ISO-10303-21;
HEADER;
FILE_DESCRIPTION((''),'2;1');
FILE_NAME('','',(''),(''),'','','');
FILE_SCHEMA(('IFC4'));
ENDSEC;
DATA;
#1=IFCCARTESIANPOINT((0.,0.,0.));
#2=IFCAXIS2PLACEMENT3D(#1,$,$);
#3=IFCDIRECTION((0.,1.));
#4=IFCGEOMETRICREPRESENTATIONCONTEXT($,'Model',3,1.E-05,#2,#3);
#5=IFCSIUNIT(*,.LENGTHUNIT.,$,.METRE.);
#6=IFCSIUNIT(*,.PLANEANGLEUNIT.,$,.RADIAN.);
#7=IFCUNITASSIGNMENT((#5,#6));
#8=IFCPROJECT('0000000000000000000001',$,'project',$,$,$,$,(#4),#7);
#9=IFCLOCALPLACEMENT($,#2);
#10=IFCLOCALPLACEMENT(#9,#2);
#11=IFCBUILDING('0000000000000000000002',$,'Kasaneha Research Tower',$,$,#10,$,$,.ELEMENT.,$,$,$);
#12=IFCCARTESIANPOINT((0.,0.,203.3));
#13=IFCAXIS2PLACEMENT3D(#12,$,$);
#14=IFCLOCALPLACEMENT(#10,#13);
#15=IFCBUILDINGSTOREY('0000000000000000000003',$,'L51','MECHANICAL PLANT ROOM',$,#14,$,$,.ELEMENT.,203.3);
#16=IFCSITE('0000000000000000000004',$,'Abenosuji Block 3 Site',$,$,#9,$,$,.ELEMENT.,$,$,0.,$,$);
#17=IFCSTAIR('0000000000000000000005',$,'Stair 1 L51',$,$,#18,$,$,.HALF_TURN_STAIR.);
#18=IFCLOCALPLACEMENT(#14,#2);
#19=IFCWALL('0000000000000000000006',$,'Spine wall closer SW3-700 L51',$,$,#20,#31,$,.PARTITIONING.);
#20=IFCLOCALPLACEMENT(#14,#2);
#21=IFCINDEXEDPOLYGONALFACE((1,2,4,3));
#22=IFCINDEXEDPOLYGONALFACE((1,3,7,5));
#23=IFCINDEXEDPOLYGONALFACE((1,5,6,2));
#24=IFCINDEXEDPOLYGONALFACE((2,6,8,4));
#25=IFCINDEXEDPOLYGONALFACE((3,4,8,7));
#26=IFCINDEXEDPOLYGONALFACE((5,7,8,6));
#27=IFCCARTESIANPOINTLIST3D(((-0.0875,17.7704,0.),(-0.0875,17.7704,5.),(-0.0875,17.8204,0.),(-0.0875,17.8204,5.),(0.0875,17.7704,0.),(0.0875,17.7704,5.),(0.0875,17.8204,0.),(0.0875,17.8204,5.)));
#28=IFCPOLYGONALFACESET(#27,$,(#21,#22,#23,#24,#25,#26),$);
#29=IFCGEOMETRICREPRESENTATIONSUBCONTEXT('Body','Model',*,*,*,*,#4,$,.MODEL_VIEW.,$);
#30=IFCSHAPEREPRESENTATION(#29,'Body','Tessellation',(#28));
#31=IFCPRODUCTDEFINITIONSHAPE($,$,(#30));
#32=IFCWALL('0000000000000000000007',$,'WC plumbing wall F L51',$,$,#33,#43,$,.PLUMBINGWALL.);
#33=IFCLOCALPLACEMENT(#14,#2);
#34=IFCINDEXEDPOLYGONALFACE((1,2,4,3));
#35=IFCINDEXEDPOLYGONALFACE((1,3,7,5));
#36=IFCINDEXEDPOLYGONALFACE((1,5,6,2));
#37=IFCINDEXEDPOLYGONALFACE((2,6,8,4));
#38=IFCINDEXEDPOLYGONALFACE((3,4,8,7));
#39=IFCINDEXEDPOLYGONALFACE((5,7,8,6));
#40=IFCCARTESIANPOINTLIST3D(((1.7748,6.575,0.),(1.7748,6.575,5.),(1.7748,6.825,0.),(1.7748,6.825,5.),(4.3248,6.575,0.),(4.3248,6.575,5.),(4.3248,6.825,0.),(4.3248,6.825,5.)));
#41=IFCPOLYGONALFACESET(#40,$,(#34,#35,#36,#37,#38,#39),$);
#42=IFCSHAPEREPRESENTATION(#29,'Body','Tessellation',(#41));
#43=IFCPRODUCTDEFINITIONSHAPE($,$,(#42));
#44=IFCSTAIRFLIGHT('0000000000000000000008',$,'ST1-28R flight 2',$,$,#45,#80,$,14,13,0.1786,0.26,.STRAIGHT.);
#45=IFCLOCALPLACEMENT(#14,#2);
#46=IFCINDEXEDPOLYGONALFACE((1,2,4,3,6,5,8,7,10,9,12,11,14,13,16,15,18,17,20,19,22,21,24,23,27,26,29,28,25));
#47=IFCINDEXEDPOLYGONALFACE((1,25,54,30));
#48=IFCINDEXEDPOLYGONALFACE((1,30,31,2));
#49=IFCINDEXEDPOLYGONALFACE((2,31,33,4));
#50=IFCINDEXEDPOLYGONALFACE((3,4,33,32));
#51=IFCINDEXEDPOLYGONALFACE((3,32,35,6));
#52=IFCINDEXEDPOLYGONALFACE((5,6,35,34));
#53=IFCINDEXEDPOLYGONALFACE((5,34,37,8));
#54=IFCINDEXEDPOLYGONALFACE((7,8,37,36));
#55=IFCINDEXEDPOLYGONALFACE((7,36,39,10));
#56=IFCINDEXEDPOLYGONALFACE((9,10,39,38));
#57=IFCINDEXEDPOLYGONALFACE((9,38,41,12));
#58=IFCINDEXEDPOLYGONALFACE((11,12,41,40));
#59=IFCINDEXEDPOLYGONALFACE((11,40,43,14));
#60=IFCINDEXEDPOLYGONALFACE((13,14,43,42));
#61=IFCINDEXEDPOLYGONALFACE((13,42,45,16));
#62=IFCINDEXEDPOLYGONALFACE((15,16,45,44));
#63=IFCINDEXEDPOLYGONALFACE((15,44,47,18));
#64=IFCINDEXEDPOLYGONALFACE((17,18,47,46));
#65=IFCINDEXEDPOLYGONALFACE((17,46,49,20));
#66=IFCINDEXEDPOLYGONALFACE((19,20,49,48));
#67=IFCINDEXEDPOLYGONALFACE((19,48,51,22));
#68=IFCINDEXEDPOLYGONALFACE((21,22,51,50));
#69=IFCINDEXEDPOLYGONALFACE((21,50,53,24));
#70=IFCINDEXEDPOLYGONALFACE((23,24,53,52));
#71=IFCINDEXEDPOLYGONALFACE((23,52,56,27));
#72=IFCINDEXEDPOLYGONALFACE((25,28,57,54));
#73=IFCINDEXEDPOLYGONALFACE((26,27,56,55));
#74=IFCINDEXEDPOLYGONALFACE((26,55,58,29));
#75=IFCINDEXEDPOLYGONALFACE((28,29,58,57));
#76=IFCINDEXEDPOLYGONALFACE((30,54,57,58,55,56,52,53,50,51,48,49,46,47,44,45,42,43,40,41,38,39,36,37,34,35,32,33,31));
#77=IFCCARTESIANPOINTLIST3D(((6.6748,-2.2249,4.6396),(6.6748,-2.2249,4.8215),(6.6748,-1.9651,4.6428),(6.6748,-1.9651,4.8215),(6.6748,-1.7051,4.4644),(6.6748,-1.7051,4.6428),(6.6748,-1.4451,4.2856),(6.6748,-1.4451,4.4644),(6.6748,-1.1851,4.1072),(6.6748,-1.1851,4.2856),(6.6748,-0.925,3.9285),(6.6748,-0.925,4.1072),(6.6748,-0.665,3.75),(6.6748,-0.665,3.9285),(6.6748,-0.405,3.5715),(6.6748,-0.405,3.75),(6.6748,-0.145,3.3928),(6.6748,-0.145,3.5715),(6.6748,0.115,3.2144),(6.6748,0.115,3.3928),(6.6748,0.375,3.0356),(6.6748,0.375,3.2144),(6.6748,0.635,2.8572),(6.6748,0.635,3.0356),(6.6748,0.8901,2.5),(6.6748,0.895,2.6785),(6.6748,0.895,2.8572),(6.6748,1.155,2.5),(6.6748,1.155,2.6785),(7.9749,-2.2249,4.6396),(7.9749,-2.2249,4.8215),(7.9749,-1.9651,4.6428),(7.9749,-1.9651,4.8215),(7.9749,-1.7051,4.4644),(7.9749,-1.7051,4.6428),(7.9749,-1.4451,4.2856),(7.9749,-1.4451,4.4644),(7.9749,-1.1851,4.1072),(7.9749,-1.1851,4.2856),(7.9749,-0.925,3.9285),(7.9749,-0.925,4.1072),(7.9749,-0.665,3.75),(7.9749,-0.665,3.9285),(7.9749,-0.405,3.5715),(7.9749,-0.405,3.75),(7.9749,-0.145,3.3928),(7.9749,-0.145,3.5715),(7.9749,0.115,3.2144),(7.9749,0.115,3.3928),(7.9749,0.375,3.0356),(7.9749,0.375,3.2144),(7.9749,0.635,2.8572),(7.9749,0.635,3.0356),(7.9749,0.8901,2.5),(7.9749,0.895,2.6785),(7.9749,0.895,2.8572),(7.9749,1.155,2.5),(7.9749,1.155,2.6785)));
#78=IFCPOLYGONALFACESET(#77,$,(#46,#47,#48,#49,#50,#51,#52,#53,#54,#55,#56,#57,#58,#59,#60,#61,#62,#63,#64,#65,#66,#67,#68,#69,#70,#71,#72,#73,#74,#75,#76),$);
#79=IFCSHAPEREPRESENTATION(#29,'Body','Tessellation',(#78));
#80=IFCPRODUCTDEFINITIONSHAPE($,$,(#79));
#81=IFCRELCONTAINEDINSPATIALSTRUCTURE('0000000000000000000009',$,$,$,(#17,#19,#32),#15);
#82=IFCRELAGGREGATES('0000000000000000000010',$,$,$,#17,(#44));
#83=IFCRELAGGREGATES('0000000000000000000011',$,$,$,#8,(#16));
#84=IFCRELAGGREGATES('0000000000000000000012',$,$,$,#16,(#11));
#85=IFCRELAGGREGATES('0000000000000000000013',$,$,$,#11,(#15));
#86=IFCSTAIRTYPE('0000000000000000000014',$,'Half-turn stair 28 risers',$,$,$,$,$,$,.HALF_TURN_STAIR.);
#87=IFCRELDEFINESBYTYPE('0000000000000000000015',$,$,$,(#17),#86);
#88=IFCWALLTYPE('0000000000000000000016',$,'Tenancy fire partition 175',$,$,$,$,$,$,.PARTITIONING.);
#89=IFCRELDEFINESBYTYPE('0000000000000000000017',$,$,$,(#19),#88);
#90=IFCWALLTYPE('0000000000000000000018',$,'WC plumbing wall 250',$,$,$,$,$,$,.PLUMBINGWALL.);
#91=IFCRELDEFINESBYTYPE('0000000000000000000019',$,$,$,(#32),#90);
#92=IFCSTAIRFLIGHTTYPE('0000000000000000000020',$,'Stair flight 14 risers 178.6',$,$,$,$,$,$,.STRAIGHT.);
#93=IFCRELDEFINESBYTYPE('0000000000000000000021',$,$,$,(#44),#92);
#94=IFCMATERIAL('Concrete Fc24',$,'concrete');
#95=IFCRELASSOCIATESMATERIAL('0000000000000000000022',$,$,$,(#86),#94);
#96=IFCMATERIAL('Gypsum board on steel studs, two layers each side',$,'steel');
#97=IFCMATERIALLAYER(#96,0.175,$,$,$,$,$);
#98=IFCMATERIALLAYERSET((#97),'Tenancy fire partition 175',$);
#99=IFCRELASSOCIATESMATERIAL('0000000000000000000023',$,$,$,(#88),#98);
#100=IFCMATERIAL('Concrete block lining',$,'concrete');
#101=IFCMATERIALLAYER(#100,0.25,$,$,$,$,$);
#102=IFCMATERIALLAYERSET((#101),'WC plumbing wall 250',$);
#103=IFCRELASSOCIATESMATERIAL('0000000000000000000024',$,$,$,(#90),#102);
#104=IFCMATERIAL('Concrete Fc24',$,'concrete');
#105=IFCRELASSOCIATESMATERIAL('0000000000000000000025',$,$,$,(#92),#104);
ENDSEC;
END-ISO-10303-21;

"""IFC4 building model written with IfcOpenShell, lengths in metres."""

from ifc_helpers import new_model, si_unit, direction, frame, frame_2d, origin, place, context, subcontext, project, spatial, polyline, rectangle, outline, extrude, material, layer, layer_set, type_object, element, aggregate, save


model = new_model("IFC4")

# Units and contexts
model_context = context("Model", 3, precision=1e-05, world=origin(), true_north=direction((0.0, 1.0)))
body_context = subcontext(model_context, "Body", "Model", "MODEL_VIEW")
ifc_project = project(units=[si_unit("LENGTHUNIT", "METRE"), si_unit("PLANEANGLEUNIT", "RADIAN")], contexts=[model_context])

# Site, building, storey
site_placement = place(None, origin())
site = spatial("IfcSite", under=ifc_project, at=site_placement, Name="Abenosuji Block 3 Site", CompositionType="ELEMENT", RefElevation=0.0)
building_placement = place(site_placement, origin())
building = spatial("IfcBuilding", under=site, at=building_placement, Name="Kasaneha Research Tower", CompositionType="ELEMENT")
storey_placement = place(building_placement, frame((0.0, 0.0, 203.3)))
storey = spatial("IfcBuildingStorey", under=building, at=storey_placement, Name="L51", Description="MECHANICAL PLANT ROOM", CompositionType="ELEMENT", Elevation=203.3)

# Stair
ifc_material_1 = material(Name="Concrete Fc24", Category="concrete")
stair_type = type_object("IfcStairType", Name="Half-turn stair 28 risers", PredefinedType="HALF_TURN_STAIR", material=ifc_material_1)
stair_1_placement = place(storey_placement, origin())
stair_1 = element("IfcStair", 1, at=stair_1_placement, inside=storey, type_object=stair_type, Name="Stair 1 L51", PredefinedType="HALF_TURN_STAIR")

# Walls
ifc_material_2 = material(Name="Gypsum board on steel studs, two layers each side", Category="steel")
ifc_layer_1 = layer(ifc_material_2, 0.175)
ifc_layer_set_1 = layer_set([ifc_layer_1], Name="Tenancy fire partition 175")
wall_type_1 = type_object("IfcWallType", Name="Tenancy fire partition 175", PredefinedType="PARTITIONING", material=ifc_layer_set_1)
wall_1_placement = place(storey_placement, frame((0.0, 17.7705, 0.0), z_axis=(0.0, 0.0, 1.0), x_axis=(0.0, 1.0, 0.0)))
element("IfcWall", 2, at=wall_1_placement, inside=storey, type_object=wall_type_1, Name="Spine wall closer SW3-700 L51", PredefinedType="PARTITIONING", context=body_context, shape_type="SweptSolid", body=[
    extrude(rectangle(XDim=0.05, YDim=0.175, at=frame_2d((0.0249, 0.0))), origin(), (0.0, 0.0, 1.0), 5.0),
])
ifc_material_3 = material(Name="Concrete block lining", Category="concrete")
ifc_layer_2 = layer(ifc_material_3, 0.25)
ifc_layer_set_2 = layer_set([ifc_layer_2], Name="WC plumbing wall 250")
wall_type_2 = type_object("IfcWallType", Name="WC plumbing wall 250", PredefinedType="PLUMBINGWALL", material=ifc_layer_set_2)
wall_2_placement = place(storey_placement, frame((1.7749, 6.7, 0.0), z_axis=(0.0, 0.0, 1.0), x_axis=(1.0, 0.0, 0.0)))
element("IfcWall", 3, at=wall_2_placement, inside=storey, type_object=wall_type_2, Name="WC plumbing wall F L51", PredefinedType="PLUMBINGWALL", context=body_context, shape_type="SweptSolid", body=[
    extrude(rectangle(XDim=2.55, YDim=0.25, at=frame_2d((1.2749, 0.0))), origin(), (0.0, 0.0, 1.0), 5.0),
])

# Stair flight
ifc_material_4 = material(Name="Concrete Fc24", Category="concrete")
stair_flight_type = type_object("IfcStairFlightType", Name="Stair flight 14 risers 178.6", PredefinedType="STRAIGHT", material=ifc_material_4)
stair_flight_placement = place(storey_placement, frame((7.325, 1.155, 2.5), z_axis=(0.0, 0.0, 1.0), x_axis=(0.0, -1.0, 0.0)))
stair_flight = element("IfcStairFlight", 4, at=stair_flight_placement, type_object=stair_flight_type, Name="ST1-28R flight 2", NumberOfRisers=14, NumberOfTreads=13, PredefinedType="STRAIGHT", RiserHeight=0.1786, TreadLength=0.26, context=body_context, shape_type="SweptSolid", body=[
    extrude(outline(polyline([(0.0, 0.0), (0.0, 0.1785), (0.26, 0.1785), (0.26, 0.3572), (0.52, 0.3572), (0.52, 0.5356), (0.78, 0.5356), (0.78, 0.7144), (1.04, 0.7144), (1.04, 0.8928), (1.3, 0.8928), (1.3, 1.0715), (1.5601, 1.0715), (1.5601, 1.25), (1.8201, 1.25), (1.8201, 1.4285), (2.0801, 1.4285), (2.0801, 1.6072), (2.3401, 1.6072), (2.3401, 1.7856), (2.6001, 1.7856), (2.6001, 1.9644), (2.8601, 1.9644), (2.8601, 2.1428), (3.1201, 2.1428), (3.1201, 2.3215), (3.3799, 2.3215), (3.3799, 2.5), (3.3799, 2.1396), (0.2649, 0.0), (0.0, 0.0)])), frame((0.0, 0.6499, 0.0), z_axis=(0.0, -1.0, 0.0), x_axis=(1.0, 0.0, 0.0)), (0.0, 0.0, 1.0), 1.3),
])
aggregate(stair_1, [stair_flight])

save(model, "model.ifc")
